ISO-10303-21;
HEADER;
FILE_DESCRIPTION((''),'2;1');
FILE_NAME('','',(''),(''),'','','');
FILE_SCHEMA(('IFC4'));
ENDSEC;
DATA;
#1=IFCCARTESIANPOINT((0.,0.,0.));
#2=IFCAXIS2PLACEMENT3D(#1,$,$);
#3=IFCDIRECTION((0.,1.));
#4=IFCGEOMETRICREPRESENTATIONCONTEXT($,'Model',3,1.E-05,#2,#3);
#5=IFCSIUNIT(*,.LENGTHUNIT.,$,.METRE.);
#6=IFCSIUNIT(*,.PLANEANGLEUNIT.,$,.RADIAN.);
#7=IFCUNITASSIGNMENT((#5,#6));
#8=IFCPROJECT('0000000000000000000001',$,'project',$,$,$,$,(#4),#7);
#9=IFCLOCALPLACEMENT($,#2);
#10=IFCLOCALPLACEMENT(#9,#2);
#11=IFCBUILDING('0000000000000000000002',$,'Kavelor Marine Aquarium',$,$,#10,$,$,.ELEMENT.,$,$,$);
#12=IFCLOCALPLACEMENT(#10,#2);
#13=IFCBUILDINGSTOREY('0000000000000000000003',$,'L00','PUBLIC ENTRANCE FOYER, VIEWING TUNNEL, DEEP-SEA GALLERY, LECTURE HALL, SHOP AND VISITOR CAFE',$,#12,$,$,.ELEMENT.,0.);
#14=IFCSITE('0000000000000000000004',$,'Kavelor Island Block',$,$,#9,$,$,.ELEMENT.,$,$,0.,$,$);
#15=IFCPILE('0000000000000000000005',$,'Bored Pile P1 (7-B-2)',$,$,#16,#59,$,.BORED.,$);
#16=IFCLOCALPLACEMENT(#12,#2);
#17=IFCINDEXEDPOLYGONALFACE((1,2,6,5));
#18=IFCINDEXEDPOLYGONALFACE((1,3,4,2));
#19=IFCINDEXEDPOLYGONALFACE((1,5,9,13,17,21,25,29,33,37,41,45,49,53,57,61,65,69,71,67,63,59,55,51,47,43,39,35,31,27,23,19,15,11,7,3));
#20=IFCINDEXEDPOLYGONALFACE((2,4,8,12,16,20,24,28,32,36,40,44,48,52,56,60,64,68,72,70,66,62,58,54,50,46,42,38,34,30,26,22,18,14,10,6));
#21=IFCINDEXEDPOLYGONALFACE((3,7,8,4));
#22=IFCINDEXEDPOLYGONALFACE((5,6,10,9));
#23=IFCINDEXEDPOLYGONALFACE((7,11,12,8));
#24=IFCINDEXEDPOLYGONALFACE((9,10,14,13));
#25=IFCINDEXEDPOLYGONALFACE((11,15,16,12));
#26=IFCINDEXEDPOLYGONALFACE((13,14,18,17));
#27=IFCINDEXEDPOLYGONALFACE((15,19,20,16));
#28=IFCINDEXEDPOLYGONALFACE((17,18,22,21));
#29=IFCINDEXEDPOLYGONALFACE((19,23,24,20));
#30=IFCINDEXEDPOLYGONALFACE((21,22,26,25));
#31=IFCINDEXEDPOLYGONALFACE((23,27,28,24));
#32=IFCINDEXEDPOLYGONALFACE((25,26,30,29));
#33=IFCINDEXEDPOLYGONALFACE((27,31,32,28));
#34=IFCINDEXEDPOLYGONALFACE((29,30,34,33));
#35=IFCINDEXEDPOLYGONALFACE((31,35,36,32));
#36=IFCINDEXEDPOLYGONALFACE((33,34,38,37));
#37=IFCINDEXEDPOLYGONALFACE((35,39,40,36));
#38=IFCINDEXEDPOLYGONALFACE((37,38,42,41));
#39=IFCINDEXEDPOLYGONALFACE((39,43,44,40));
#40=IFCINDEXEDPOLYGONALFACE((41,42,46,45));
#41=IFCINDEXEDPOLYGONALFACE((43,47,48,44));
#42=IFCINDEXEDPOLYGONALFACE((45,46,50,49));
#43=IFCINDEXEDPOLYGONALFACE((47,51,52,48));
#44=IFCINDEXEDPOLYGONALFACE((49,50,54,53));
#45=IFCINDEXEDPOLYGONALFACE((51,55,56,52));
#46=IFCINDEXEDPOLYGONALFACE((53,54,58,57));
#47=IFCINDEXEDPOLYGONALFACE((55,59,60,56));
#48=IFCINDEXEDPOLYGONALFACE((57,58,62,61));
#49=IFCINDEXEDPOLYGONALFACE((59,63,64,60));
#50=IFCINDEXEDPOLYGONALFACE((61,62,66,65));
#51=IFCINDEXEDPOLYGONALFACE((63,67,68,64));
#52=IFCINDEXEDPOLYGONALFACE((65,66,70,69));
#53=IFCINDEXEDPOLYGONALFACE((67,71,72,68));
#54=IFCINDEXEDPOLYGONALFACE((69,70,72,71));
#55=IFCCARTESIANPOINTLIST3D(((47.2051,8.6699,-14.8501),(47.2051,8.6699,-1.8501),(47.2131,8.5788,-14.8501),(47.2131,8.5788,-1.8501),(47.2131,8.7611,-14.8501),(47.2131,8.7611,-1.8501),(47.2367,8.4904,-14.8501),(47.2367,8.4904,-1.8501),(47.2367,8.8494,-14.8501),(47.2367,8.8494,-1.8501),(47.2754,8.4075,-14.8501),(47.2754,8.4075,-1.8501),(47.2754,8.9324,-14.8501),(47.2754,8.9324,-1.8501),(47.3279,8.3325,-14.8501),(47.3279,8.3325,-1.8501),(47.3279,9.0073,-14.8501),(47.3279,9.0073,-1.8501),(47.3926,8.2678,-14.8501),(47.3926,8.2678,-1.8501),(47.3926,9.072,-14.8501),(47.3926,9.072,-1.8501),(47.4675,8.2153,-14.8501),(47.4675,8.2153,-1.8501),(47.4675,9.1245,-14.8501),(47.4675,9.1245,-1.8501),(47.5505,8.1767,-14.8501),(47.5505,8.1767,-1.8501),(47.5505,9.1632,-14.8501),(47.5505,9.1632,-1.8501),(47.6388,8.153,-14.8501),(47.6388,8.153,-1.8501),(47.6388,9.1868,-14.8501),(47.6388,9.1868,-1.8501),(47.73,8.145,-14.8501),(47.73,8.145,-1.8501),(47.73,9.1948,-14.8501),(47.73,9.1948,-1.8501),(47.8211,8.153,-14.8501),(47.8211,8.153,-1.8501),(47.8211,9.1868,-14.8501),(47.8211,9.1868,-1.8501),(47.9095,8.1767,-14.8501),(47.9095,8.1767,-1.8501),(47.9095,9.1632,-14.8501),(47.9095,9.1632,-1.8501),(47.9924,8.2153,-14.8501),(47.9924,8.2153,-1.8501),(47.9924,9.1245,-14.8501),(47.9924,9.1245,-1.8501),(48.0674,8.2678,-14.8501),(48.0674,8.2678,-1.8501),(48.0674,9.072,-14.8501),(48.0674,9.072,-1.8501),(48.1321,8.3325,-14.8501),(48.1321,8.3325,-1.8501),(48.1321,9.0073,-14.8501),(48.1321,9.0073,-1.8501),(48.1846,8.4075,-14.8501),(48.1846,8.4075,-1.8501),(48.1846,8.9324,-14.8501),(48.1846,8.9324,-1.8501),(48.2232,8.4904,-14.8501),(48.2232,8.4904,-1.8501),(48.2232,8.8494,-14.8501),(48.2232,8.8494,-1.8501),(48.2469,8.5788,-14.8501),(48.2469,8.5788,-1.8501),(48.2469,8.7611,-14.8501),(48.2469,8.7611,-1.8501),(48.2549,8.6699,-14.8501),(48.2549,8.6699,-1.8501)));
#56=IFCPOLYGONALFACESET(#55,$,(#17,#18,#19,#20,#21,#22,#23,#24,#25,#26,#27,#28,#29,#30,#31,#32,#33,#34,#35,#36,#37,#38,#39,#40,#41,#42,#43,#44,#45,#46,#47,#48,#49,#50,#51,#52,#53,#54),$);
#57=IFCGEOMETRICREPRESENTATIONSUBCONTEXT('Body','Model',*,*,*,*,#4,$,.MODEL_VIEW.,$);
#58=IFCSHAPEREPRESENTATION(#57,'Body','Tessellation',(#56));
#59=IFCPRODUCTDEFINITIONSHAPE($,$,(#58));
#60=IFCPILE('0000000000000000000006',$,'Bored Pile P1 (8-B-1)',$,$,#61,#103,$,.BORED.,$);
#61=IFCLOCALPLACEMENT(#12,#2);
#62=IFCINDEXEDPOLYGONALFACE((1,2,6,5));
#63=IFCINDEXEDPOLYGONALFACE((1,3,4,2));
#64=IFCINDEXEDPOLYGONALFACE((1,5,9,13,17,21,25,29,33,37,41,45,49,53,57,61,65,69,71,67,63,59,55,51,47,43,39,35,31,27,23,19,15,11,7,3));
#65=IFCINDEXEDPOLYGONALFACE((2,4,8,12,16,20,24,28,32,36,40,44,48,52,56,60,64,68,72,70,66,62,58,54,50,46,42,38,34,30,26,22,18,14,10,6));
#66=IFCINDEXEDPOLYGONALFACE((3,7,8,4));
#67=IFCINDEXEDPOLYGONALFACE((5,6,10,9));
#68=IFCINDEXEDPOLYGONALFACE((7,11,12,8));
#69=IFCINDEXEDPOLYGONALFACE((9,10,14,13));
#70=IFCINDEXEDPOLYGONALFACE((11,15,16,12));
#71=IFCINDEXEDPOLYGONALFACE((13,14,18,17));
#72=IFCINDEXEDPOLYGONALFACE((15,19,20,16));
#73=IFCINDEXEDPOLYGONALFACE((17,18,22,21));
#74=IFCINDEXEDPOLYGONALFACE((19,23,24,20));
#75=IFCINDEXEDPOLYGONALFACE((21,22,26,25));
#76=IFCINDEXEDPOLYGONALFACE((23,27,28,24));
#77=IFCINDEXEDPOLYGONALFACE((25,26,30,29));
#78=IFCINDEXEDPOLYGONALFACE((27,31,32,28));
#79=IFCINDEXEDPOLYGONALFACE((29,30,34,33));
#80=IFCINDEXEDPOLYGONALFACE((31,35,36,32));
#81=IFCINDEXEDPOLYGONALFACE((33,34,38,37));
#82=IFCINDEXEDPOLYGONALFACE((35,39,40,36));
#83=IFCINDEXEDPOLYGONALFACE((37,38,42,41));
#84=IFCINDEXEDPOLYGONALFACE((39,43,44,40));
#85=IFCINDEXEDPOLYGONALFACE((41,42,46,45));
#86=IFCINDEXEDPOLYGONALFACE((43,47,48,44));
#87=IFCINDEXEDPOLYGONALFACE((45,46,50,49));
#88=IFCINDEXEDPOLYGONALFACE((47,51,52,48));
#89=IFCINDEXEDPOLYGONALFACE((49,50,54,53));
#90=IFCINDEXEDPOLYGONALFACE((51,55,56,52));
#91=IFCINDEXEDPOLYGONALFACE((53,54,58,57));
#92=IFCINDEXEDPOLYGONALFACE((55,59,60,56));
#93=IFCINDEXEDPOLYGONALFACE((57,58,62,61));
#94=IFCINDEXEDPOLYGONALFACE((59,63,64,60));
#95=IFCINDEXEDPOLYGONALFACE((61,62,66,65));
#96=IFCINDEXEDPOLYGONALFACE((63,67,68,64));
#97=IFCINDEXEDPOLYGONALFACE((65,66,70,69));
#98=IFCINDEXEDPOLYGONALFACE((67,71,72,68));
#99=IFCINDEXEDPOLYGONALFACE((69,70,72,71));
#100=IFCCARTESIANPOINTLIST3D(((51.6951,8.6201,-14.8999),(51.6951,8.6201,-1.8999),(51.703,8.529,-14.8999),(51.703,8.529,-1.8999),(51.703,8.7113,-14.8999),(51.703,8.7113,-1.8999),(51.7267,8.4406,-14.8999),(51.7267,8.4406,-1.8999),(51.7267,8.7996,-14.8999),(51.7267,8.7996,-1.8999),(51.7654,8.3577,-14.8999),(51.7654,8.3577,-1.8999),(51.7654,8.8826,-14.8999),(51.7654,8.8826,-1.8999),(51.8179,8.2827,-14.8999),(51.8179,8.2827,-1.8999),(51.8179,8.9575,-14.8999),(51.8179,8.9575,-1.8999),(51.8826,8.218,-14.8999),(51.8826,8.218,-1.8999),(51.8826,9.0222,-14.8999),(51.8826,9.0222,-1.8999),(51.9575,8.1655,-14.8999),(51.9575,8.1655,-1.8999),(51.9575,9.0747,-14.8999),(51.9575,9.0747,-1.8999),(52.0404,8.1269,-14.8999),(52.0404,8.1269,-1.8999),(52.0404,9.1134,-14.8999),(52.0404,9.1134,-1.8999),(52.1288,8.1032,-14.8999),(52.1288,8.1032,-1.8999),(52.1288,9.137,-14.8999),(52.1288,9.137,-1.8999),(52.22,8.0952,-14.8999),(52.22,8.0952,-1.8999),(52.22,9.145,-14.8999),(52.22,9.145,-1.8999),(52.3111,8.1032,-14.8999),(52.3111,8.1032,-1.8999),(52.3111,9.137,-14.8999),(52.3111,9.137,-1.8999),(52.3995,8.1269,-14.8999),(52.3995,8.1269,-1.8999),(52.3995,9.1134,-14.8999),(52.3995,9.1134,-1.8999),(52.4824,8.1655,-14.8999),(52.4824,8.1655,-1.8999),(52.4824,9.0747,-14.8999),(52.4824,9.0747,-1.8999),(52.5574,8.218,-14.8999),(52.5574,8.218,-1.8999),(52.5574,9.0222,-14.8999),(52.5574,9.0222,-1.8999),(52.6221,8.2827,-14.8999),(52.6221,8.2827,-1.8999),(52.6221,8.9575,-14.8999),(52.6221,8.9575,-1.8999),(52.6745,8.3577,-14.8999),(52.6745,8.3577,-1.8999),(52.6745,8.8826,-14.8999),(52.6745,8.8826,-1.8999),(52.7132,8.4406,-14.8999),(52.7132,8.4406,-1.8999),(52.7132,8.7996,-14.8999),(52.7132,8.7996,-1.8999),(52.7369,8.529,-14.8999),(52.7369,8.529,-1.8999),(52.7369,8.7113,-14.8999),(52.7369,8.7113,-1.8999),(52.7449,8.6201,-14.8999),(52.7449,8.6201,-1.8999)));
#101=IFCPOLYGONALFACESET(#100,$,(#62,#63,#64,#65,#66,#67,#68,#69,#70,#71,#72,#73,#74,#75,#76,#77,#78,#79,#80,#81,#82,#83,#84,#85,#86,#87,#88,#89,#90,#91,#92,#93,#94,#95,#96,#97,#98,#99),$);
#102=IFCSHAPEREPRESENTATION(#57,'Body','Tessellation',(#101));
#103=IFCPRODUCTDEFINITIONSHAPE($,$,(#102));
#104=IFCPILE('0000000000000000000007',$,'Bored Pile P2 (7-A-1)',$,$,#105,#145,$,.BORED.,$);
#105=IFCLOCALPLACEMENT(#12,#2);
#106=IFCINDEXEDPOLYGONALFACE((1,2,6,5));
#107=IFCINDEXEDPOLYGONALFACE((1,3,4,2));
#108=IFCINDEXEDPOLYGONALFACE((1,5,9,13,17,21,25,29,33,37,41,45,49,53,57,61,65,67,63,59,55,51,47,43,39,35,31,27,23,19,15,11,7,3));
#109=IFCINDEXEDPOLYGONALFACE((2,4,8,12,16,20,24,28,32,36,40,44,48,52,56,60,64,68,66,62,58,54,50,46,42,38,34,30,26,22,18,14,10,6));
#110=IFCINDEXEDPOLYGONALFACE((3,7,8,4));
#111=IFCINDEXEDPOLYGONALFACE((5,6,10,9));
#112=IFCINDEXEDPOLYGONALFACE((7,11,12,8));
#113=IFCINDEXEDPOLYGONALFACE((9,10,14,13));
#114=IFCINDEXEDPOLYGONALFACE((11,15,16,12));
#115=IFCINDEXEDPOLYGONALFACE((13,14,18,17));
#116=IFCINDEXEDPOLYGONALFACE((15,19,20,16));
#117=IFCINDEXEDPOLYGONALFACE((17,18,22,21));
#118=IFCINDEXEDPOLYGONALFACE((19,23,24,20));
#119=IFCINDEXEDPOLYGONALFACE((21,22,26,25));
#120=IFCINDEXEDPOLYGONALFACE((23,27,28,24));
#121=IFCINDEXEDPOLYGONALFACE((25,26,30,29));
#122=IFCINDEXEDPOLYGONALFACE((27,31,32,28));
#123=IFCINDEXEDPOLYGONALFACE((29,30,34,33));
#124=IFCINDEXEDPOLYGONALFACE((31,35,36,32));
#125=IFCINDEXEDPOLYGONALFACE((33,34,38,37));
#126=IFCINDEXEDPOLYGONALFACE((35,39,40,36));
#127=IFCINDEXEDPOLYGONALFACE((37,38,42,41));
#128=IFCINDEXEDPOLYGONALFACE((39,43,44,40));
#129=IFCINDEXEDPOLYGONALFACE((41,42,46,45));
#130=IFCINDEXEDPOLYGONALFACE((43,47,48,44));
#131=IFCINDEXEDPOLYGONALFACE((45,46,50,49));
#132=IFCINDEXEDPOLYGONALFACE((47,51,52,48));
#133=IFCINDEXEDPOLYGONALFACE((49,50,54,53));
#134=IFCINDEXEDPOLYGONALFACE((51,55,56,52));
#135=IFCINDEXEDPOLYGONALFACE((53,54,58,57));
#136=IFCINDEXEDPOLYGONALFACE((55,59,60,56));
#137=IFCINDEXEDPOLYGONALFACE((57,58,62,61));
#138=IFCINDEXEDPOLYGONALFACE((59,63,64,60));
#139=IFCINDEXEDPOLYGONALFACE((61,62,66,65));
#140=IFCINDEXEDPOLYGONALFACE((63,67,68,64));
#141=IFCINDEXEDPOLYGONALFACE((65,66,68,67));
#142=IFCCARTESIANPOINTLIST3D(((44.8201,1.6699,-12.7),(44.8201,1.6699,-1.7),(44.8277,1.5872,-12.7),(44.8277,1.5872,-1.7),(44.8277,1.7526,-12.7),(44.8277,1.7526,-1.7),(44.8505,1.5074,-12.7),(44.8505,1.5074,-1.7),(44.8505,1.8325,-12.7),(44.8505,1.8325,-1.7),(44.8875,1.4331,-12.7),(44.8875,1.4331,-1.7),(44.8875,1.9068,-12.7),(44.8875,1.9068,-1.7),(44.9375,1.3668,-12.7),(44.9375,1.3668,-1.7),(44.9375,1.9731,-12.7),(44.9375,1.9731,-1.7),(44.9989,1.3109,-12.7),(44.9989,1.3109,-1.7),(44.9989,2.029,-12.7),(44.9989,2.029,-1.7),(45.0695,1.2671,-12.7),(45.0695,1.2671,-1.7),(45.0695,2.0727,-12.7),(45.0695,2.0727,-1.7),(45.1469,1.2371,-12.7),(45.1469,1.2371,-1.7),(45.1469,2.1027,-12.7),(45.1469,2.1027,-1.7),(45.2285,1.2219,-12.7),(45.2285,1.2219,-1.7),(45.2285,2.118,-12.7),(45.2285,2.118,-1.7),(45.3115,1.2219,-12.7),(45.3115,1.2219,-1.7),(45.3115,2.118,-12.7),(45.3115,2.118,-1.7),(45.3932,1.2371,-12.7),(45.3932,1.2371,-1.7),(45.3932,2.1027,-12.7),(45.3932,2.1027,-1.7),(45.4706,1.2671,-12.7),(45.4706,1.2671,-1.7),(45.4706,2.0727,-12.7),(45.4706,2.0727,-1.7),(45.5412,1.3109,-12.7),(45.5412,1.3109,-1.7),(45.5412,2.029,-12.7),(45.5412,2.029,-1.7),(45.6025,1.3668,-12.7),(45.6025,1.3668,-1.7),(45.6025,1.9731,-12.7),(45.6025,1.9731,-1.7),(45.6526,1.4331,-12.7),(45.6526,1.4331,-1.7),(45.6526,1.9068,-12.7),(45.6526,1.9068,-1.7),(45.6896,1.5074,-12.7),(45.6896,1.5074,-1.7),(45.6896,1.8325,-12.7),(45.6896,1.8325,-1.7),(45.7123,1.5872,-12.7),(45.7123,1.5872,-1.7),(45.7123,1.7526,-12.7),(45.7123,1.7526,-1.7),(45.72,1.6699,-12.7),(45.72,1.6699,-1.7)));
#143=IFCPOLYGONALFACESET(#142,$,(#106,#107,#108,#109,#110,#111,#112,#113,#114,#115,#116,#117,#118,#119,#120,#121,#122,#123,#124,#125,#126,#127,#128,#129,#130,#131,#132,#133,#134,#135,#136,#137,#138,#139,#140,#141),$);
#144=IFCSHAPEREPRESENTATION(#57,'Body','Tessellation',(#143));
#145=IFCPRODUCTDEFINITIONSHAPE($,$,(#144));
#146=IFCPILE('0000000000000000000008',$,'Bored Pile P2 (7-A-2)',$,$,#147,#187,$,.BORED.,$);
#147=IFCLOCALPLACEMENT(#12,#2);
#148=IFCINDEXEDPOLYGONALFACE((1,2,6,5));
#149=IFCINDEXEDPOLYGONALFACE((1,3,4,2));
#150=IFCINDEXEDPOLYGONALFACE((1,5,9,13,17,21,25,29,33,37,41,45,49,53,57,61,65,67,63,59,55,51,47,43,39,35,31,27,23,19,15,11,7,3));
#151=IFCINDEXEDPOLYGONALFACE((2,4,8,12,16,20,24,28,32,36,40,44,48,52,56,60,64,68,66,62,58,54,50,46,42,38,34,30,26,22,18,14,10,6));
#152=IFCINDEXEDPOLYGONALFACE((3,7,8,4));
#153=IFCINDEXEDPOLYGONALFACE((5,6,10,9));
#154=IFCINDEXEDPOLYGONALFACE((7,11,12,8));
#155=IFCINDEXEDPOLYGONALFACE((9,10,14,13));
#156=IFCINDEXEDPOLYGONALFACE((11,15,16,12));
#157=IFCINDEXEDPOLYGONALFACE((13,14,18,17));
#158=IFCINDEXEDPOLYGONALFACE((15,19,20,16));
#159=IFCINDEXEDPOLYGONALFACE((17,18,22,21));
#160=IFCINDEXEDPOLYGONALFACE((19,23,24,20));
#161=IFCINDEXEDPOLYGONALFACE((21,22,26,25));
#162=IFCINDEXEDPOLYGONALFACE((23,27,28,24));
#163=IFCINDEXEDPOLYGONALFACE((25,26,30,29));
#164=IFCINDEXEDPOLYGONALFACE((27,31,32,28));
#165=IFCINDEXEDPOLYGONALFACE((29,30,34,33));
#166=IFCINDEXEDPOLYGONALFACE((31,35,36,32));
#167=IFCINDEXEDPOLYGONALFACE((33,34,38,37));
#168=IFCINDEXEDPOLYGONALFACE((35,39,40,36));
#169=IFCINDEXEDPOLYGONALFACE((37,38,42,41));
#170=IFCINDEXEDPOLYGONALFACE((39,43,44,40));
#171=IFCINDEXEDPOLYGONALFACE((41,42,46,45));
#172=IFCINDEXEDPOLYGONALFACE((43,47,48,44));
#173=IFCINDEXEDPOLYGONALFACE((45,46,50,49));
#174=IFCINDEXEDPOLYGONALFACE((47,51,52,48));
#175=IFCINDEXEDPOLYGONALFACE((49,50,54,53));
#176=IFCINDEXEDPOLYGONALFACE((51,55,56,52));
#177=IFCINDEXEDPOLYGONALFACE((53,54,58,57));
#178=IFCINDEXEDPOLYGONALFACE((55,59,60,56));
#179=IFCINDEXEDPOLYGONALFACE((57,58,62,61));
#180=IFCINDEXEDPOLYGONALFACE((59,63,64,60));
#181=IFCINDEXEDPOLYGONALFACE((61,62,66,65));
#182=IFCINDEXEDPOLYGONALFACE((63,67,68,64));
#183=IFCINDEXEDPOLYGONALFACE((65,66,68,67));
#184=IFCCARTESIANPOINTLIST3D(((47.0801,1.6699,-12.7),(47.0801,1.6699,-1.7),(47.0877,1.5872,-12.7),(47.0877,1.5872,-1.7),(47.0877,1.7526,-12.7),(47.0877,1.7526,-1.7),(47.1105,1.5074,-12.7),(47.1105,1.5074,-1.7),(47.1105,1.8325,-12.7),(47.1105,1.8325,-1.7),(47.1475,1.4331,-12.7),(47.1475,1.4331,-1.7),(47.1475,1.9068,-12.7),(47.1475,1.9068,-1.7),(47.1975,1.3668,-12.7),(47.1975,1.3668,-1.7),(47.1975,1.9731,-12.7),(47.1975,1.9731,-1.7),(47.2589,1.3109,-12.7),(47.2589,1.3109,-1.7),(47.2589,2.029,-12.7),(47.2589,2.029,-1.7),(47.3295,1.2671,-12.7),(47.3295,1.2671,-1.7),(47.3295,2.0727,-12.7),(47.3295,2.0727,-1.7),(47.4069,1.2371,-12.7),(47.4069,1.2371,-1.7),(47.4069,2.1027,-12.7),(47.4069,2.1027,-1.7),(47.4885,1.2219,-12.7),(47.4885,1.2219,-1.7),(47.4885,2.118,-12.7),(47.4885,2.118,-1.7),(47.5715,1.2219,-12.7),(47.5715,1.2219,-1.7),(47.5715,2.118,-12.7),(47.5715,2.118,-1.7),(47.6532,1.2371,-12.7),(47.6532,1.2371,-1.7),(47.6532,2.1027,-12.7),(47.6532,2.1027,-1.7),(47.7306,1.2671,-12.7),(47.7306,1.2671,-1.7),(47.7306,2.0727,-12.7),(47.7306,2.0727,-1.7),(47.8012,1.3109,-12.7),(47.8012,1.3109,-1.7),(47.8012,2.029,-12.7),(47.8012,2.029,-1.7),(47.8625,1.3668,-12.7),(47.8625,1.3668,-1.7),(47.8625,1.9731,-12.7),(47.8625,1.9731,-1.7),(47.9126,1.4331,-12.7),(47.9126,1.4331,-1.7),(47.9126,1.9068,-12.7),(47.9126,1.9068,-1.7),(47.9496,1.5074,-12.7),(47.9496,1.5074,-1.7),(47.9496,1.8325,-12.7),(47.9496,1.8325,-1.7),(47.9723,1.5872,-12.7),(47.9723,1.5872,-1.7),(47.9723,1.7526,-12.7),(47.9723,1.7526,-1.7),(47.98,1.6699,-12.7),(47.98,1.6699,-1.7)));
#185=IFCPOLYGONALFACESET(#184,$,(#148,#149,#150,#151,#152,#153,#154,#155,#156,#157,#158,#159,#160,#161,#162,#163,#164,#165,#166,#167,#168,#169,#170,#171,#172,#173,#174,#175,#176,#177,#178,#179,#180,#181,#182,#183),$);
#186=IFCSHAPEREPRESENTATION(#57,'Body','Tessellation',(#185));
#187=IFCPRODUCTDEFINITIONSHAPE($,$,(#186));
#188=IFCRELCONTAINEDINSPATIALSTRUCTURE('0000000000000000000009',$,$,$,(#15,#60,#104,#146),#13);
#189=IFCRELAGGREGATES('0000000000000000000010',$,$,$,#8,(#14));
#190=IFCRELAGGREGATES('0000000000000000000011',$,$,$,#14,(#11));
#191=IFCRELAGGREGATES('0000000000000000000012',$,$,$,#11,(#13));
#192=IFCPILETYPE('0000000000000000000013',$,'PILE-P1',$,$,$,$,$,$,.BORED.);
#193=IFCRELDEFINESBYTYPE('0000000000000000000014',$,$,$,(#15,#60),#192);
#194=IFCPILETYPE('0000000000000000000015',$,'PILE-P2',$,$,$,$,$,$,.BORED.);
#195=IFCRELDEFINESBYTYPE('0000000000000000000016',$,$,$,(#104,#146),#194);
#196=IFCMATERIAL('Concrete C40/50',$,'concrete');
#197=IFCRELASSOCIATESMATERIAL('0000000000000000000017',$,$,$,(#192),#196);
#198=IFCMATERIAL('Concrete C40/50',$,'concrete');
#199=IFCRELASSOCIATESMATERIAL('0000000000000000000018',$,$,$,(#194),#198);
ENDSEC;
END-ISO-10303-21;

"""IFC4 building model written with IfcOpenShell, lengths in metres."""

from ifc_helpers import new_model, si_unit, direction, frame, origin, origin_2d, place, context, subcontext, project, spatial, circle, extrude, material, material_profile, profile_set, type_object, element, save


model = new_model("IFC4")

# Units and contexts
model_context = context("Model", 3, precision=1e-05, world=origin(), true_north=direction((0.0, 1.0)))
body_context = subcontext(model_context, "Body", "Model", "MODEL_VIEW")
ifc_project = project(units=[si_unit("LENGTHUNIT", "METRE"), si_unit("PLANEANGLEUNIT", "RADIAN")], contexts=[model_context])

# Site, building, storey
site_placement = place(None, origin())
site = spatial("IfcSite", under=ifc_project, at=site_placement, Name="Kavelor Island Block", CompositionType="ELEMENT", RefElevation=0.0)
building_placement = place(site_placement, origin())
building = spatial("IfcBuilding", under=site, at=building_placement, Name="Kavelor Marine Aquarium", CompositionType="ELEMENT")
storey_placement = place(building_placement, origin())
storey = spatial("IfcBuildingStorey", under=building, at=storey_placement, Name="L00", Description="PUBLIC ENTRANCE FOYER, VIEWING TUNNEL, DEEP-SEA GALLERY, LECTURE HALL, SHOP AND VISITOR CAFE", CompositionType="ELEMENT", Elevation=0.0)

# Piles
ifc_material_1 = material(Name="Concrete C40/50", Category="concrete")
ifc_material_profile_1 = material_profile(ifc_material_1, circle(Radius=0.5249, at=origin_2d()), Name="PILE D1050")
ifc_profile_set_1 = profile_set([ifc_material_profile_1], Name="Concrete C40/50")
pile_type_1 = type_object("IfcPileType", Name="PILE-P1", PredefinedType="BORED", material=ifc_profile_set_1)
for number, where, z_axis, x_axis, name in (
    (1, (47.73, 8.6699, -1.8501), (0.0, 0.0, -1.0), (1.0, 0.0, 0.0), "Bored Pile P1 (7-B-2)"),
    (2, (52.22, 8.6201, -1.8999), (0.0, 0.0, -1.0), (1.0, 0.0, 0.0), "Bored Pile P1 (8-B-1)"),
):
    element("IfcPile", number, at=place(storey_placement, frame(where, z_axis=z_axis, x_axis=x_axis)), inside=storey, type_object=pile_type_1, Name=name, PredefinedType="BORED", context=body_context, shape_type="SweptSolid", body=[
        extrude(circle(Radius=0.5249, at=origin_2d()), origin(), (0.0, 0.0, 1.0), 13.0),
    ])
ifc_material_2 = material(Name="Concrete C40/50", Category="concrete")
ifc_material_profile_2 = material_profile(ifc_material_2, circle(Radius=0.45, at=origin_2d()), Name="PILE D900")
ifc_profile_set_2 = profile_set([ifc_material_profile_2], Name="Concrete C40/50")
pile_type_2 = type_object("IfcPileType", Name="PILE-P2", PredefinedType="BORED", material=ifc_profile_set_2)
for number, where, z_axis, x_axis, name in (
    (3, (45.27, 1.6699, -1.7), (0.0, 0.0, -1.0), (1.0, 0.0, 0.0), "Bored Pile P2 (7-A-1)"),
    (4, (47.53, 1.6699, -1.7), (0.0, 0.0, -1.0), (1.0, 0.0, 0.0), "Bored Pile P2 (7-A-2)"),
):
    element("IfcPile", number, at=place(storey_placement, frame(where, z_axis=z_axis, x_axis=x_axis)), inside=storey, type_object=pile_type_2, Name=name, PredefinedType="BORED", context=body_context, shape_type="SweptSolid", body=[
        extrude(circle(Radius=0.45, at=origin_2d()), origin(), (0.0, 0.0, 1.0), 11.0),
    ])

save(model, "model.ifc")
